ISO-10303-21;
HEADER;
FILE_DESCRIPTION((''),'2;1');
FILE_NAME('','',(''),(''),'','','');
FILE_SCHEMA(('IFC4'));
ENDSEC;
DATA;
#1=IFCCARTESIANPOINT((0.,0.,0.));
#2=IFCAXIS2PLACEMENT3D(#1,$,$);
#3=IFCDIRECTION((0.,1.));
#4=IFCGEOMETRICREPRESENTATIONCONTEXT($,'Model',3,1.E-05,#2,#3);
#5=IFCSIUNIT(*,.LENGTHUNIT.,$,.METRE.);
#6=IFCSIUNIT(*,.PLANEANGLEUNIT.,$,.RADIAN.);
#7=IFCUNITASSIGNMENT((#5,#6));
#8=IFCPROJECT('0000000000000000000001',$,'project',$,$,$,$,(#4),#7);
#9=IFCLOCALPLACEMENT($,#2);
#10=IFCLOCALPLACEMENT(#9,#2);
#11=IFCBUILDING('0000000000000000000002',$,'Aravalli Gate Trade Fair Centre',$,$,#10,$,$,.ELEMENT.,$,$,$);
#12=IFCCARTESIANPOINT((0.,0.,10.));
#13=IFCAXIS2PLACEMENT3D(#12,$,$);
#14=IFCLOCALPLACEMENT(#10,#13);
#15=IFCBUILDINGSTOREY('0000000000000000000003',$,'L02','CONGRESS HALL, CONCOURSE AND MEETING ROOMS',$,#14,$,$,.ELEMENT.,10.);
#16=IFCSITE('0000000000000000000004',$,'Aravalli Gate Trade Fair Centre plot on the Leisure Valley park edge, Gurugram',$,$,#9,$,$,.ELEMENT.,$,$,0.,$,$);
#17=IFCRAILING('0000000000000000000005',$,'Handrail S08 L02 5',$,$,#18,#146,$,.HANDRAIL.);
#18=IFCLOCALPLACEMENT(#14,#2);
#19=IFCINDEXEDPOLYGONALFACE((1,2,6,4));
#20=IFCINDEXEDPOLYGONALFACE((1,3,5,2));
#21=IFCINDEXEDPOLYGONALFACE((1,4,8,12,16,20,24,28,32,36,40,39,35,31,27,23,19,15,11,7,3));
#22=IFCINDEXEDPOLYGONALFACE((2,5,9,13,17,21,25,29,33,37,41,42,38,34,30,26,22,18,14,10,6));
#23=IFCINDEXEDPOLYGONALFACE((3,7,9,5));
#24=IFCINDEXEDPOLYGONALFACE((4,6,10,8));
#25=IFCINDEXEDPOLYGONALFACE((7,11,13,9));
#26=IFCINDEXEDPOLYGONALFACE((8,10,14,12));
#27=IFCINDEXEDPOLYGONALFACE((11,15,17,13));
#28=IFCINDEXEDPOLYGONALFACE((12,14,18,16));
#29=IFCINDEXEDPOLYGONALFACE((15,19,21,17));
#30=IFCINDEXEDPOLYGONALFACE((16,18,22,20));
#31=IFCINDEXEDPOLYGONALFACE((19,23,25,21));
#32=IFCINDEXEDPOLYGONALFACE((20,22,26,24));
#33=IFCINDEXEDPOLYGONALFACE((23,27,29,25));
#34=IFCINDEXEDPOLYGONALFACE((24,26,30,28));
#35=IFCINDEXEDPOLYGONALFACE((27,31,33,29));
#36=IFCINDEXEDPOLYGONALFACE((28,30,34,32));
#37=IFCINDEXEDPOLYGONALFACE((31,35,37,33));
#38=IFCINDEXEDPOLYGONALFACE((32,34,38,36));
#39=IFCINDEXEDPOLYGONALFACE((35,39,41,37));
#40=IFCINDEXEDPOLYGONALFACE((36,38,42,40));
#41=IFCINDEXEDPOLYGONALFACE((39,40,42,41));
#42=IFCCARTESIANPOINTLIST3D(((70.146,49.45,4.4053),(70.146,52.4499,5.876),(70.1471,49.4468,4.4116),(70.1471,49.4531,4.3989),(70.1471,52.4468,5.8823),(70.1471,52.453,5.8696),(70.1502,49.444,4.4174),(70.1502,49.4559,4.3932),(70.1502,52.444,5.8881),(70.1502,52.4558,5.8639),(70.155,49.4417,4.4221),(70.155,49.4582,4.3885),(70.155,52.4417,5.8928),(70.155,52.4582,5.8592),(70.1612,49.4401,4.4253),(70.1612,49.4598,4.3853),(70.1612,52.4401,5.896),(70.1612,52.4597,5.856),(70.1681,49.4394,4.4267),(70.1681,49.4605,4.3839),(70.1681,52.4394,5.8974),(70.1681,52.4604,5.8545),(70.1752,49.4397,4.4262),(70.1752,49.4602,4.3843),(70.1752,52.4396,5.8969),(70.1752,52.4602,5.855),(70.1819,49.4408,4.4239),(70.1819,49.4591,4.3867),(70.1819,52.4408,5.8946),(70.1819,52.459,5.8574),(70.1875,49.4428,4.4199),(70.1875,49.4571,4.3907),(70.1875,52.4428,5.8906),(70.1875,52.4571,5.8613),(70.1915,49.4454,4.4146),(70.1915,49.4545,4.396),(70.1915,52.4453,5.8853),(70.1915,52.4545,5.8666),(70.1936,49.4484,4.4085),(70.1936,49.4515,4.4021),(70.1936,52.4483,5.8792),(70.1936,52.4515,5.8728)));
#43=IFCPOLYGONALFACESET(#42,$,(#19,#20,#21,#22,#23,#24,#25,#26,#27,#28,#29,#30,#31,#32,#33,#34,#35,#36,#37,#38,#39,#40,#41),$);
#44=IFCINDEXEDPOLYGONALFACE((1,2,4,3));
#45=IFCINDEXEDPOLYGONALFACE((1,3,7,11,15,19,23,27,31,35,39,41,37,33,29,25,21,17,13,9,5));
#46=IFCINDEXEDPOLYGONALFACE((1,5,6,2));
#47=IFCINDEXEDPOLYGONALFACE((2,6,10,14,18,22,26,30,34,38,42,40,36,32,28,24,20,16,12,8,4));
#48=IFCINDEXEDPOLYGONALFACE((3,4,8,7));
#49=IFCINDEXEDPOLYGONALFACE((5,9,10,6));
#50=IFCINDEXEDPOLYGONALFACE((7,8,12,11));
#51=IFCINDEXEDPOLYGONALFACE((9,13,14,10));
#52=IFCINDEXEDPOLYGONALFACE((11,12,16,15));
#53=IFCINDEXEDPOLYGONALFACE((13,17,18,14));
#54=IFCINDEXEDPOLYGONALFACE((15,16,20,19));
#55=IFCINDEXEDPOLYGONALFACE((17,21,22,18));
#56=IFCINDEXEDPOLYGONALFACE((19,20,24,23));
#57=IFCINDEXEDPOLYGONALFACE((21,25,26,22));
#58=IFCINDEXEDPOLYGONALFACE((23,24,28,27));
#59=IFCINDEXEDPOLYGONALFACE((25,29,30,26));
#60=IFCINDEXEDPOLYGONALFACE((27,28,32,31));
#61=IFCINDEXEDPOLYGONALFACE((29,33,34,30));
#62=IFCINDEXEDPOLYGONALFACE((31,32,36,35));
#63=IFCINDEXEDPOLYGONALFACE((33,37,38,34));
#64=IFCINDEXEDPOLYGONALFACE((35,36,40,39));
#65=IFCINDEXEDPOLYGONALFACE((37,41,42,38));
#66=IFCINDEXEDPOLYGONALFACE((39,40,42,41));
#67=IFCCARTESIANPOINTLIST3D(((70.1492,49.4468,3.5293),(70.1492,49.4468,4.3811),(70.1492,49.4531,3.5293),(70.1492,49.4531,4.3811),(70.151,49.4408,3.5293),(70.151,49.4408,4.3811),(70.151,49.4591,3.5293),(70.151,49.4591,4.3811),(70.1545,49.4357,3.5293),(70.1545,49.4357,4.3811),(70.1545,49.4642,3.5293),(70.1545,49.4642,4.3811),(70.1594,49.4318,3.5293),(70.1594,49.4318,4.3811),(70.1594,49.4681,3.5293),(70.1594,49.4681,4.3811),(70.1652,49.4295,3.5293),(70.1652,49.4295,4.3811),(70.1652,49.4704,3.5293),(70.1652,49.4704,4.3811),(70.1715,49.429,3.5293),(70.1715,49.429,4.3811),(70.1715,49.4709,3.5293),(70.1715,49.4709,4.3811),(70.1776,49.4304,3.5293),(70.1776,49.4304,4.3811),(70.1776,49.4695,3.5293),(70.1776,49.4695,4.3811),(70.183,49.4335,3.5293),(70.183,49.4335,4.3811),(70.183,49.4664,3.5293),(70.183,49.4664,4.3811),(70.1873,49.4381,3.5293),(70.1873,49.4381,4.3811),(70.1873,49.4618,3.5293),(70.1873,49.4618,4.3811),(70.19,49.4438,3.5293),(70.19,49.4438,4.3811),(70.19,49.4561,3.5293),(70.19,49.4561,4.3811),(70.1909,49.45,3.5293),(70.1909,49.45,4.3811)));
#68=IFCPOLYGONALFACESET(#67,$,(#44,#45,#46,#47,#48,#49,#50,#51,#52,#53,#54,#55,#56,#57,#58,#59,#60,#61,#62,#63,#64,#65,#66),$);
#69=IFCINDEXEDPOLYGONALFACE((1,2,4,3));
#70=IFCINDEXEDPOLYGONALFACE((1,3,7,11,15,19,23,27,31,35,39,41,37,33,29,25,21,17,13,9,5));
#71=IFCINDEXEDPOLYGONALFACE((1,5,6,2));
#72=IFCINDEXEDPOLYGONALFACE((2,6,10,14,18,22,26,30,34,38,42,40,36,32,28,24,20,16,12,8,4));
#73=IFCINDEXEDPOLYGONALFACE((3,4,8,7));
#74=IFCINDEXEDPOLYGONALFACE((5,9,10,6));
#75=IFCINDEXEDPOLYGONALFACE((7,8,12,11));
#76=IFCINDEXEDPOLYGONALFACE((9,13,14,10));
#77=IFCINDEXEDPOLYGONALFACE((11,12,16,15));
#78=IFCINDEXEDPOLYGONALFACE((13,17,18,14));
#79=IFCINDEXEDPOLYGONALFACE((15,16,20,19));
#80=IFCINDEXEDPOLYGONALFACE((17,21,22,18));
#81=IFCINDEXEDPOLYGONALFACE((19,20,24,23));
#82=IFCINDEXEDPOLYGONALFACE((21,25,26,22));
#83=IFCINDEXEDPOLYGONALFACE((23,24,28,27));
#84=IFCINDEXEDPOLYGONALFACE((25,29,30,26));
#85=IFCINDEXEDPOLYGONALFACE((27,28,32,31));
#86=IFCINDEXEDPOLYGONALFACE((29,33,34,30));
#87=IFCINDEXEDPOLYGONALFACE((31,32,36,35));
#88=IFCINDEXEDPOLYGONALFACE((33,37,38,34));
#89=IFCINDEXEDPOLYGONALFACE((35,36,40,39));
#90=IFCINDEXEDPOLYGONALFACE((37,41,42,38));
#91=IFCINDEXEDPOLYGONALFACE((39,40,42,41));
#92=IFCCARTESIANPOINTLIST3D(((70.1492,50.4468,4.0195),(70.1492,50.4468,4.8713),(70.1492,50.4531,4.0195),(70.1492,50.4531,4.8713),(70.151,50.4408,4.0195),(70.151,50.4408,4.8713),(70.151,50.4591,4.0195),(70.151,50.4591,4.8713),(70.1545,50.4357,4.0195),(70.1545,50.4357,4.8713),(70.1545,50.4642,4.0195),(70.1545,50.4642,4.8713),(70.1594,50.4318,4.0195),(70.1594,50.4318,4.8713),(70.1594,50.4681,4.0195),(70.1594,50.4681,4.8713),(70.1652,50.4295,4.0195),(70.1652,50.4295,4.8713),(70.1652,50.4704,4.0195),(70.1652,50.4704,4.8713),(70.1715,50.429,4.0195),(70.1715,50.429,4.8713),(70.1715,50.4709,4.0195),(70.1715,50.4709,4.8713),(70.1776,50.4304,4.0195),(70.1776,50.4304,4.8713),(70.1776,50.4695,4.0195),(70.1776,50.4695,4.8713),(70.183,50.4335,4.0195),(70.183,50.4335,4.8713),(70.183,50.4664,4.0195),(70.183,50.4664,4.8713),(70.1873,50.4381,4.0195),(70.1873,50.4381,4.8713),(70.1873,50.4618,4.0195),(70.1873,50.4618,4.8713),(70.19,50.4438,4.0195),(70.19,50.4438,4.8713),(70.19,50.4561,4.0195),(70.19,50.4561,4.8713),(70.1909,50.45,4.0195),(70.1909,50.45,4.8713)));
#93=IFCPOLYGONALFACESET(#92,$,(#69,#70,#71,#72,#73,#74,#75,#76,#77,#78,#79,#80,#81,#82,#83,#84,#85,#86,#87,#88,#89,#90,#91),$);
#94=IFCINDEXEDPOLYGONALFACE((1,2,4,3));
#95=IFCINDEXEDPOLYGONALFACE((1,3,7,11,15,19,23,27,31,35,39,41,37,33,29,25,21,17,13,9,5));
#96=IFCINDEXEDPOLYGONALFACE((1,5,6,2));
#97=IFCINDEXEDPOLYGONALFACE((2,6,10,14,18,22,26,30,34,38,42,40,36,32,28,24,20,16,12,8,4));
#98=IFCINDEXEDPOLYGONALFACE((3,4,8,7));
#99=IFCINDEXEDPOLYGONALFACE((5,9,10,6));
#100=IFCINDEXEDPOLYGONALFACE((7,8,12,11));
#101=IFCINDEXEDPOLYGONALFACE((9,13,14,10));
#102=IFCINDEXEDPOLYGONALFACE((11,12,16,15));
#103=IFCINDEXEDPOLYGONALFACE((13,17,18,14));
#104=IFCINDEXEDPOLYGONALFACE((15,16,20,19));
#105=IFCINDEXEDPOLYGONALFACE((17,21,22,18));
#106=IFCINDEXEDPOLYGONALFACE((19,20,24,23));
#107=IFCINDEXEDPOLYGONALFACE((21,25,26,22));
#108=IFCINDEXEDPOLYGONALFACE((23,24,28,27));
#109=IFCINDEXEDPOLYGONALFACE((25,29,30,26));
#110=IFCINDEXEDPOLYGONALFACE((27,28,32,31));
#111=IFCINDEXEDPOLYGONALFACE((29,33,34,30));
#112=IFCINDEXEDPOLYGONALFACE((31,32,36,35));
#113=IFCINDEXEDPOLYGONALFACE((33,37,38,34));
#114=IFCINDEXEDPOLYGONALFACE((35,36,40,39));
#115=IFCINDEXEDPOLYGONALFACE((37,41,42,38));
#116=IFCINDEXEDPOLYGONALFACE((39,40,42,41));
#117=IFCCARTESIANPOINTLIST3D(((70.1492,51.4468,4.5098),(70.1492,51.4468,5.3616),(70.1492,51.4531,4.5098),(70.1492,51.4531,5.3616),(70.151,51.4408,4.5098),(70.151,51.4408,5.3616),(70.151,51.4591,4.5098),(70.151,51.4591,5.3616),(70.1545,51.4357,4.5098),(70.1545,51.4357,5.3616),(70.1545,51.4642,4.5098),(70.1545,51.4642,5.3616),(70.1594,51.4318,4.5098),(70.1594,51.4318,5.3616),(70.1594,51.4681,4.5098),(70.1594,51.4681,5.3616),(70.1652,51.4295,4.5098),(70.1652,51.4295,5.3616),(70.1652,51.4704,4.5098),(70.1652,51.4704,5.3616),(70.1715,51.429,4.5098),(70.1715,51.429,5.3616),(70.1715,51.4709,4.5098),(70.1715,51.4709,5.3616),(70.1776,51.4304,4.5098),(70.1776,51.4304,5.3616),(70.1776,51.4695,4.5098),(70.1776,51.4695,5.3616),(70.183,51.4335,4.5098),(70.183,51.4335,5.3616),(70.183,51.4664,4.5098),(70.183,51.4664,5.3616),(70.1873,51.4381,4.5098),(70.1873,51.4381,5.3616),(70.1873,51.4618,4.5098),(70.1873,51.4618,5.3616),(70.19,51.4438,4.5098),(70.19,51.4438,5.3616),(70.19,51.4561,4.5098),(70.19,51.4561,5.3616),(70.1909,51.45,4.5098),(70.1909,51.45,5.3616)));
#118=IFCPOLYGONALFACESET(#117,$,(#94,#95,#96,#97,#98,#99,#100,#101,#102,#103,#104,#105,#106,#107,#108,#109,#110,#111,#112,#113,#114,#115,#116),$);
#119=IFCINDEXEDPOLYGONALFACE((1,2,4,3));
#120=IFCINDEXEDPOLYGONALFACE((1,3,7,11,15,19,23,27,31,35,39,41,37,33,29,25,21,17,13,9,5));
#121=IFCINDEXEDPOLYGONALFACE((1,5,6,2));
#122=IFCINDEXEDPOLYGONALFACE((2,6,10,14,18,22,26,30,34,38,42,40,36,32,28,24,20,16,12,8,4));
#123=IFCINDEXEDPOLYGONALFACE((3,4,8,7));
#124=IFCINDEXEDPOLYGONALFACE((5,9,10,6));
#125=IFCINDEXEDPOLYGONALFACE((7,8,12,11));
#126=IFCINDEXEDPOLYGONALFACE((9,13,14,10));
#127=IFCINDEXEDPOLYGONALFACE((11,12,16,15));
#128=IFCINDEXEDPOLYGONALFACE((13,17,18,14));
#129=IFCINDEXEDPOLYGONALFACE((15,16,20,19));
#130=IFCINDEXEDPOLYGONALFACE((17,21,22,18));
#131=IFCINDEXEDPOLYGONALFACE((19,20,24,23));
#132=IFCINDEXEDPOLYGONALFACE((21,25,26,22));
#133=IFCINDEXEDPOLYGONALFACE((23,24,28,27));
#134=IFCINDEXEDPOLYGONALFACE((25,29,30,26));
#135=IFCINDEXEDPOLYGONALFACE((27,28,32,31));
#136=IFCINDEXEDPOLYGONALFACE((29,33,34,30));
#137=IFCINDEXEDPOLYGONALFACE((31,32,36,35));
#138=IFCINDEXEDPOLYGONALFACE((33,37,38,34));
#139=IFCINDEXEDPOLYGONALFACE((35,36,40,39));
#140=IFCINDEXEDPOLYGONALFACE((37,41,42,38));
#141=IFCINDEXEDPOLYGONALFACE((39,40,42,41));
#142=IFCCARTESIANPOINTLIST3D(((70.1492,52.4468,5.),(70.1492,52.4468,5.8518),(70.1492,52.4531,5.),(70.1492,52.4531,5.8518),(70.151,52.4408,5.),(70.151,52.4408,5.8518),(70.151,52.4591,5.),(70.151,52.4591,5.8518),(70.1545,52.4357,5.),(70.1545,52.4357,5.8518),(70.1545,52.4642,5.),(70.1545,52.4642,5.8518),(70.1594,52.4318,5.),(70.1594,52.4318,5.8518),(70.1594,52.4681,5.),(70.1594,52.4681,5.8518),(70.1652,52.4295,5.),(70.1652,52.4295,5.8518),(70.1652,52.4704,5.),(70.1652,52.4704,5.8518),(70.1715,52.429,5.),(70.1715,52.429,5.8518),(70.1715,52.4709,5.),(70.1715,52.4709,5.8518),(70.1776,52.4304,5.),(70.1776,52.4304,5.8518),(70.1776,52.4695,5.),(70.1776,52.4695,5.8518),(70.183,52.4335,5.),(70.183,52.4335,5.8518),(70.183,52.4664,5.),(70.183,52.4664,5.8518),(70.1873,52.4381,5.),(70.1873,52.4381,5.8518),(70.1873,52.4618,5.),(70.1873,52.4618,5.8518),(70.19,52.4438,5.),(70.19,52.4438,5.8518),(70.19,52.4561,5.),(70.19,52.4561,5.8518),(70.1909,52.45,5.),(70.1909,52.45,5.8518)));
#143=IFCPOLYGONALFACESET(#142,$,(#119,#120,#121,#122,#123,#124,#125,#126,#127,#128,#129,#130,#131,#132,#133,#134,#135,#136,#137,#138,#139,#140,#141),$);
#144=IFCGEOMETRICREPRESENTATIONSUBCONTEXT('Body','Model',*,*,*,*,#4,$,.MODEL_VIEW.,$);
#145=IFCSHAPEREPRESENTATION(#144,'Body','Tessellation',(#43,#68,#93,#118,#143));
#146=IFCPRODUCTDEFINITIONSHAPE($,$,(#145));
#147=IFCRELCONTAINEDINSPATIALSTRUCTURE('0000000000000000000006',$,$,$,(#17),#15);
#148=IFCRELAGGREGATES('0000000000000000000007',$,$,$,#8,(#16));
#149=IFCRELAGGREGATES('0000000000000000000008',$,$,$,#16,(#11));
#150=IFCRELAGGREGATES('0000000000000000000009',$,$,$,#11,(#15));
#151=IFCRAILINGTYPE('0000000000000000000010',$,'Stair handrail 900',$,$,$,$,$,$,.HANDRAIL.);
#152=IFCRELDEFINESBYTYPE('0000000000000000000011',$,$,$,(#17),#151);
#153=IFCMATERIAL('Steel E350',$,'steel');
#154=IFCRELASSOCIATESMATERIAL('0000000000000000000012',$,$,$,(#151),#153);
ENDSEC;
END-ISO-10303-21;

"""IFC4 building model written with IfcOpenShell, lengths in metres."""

from ifc_helpers import new_model, si_unit, direction, frame, origin, origin_2d, place, context, subcontext, project, spatial, circle, extrude, material, type_object, element, save


model = new_model("IFC4")

# Units and contexts
model_context = context("Model", 3, precision=1e-05, world=origin(), true_north=direction((0.0, 1.0)))
body_context = subcontext(model_context, "Body", "Model", "MODEL_VIEW")
ifc_project = project(units=[si_unit("LENGTHUNIT", "METRE"), si_unit("PLANEANGLEUNIT", "RADIAN")], contexts=[model_context])

# Site, building, storey
site_placement = place(None, origin())
site = spatial("IfcSite", under=ifc_project, at=site_placement, Name="Aravalli Gate Trade Fair Centre plot on the Leisure Valley park edge, Gurugram", CompositionType="ELEMENT", RefElevation=0.0)
building_placement = place(site_placement, origin())
building = spatial("IfcBuilding", under=site, at=building_placement, Name="Aravalli Gate Trade Fair Centre", CompositionType="ELEMENT")
storey_placement = place(building_placement, frame((0.0, 0.0, 10.0)))
storey = spatial("IfcBuildingStorey", under=building, at=storey_placement, Name="L02", Description="CONGRESS HALL, CONCOURSE AND MEETING ROOMS", CompositionType="ELEMENT", Elevation=10.0)

# Shared definitions
ifc_material_1 = material(Name="Steel E350", Category="steel")

# Railing
railing_type_1 = type_object("IfcRailingType", Name="Stair handrail 900", PredefinedType="HANDRAIL", material=ifc_material_1)
for number, where, name in (
    (1, (70.1699, 49.45, 3.5293), "Handrail S08 L02 5"),
):
    element("IfcRailing", number, at=place(storey_placement, frame(where)), inside=storey, type_object=railing_type_1, Name=name, PredefinedType="HANDRAIL", context=body_context, shape_type="SweptSolid", body=[
        extrude(circle(Radius=0.0239, at=origin_2d()), frame((0.0, 0.0, 0.876), z_axis=(0.0, 0.897907, 0.440185), x_axis=(-1.0, 0.0, 0.0)), (0.0, 0.0, 1.0), 3.3411),
        extrude(circle(Radius=0.021, at=origin_2d()), origin(), (0.0, 0.0, 1.0), 0.8518),
        extrude(circle(Radius=0.021, at=origin_2d()), frame((0.0, 1.0, 0.4902)), (0.0, 0.0, 1.0), 0.8518),
        extrude(circle(Radius=0.021, at=origin_2d()), frame((0.0, 2.0, 0.9805)), (0.0, 0.0, 1.0), 0.8518),
        extrude(circle(Radius=0.021, at=origin_2d()), frame((0.0, 3.0, 1.4707)), (0.0, 0.0, 1.0), 0.8518),
    ])

save(model, "model.ifc")
